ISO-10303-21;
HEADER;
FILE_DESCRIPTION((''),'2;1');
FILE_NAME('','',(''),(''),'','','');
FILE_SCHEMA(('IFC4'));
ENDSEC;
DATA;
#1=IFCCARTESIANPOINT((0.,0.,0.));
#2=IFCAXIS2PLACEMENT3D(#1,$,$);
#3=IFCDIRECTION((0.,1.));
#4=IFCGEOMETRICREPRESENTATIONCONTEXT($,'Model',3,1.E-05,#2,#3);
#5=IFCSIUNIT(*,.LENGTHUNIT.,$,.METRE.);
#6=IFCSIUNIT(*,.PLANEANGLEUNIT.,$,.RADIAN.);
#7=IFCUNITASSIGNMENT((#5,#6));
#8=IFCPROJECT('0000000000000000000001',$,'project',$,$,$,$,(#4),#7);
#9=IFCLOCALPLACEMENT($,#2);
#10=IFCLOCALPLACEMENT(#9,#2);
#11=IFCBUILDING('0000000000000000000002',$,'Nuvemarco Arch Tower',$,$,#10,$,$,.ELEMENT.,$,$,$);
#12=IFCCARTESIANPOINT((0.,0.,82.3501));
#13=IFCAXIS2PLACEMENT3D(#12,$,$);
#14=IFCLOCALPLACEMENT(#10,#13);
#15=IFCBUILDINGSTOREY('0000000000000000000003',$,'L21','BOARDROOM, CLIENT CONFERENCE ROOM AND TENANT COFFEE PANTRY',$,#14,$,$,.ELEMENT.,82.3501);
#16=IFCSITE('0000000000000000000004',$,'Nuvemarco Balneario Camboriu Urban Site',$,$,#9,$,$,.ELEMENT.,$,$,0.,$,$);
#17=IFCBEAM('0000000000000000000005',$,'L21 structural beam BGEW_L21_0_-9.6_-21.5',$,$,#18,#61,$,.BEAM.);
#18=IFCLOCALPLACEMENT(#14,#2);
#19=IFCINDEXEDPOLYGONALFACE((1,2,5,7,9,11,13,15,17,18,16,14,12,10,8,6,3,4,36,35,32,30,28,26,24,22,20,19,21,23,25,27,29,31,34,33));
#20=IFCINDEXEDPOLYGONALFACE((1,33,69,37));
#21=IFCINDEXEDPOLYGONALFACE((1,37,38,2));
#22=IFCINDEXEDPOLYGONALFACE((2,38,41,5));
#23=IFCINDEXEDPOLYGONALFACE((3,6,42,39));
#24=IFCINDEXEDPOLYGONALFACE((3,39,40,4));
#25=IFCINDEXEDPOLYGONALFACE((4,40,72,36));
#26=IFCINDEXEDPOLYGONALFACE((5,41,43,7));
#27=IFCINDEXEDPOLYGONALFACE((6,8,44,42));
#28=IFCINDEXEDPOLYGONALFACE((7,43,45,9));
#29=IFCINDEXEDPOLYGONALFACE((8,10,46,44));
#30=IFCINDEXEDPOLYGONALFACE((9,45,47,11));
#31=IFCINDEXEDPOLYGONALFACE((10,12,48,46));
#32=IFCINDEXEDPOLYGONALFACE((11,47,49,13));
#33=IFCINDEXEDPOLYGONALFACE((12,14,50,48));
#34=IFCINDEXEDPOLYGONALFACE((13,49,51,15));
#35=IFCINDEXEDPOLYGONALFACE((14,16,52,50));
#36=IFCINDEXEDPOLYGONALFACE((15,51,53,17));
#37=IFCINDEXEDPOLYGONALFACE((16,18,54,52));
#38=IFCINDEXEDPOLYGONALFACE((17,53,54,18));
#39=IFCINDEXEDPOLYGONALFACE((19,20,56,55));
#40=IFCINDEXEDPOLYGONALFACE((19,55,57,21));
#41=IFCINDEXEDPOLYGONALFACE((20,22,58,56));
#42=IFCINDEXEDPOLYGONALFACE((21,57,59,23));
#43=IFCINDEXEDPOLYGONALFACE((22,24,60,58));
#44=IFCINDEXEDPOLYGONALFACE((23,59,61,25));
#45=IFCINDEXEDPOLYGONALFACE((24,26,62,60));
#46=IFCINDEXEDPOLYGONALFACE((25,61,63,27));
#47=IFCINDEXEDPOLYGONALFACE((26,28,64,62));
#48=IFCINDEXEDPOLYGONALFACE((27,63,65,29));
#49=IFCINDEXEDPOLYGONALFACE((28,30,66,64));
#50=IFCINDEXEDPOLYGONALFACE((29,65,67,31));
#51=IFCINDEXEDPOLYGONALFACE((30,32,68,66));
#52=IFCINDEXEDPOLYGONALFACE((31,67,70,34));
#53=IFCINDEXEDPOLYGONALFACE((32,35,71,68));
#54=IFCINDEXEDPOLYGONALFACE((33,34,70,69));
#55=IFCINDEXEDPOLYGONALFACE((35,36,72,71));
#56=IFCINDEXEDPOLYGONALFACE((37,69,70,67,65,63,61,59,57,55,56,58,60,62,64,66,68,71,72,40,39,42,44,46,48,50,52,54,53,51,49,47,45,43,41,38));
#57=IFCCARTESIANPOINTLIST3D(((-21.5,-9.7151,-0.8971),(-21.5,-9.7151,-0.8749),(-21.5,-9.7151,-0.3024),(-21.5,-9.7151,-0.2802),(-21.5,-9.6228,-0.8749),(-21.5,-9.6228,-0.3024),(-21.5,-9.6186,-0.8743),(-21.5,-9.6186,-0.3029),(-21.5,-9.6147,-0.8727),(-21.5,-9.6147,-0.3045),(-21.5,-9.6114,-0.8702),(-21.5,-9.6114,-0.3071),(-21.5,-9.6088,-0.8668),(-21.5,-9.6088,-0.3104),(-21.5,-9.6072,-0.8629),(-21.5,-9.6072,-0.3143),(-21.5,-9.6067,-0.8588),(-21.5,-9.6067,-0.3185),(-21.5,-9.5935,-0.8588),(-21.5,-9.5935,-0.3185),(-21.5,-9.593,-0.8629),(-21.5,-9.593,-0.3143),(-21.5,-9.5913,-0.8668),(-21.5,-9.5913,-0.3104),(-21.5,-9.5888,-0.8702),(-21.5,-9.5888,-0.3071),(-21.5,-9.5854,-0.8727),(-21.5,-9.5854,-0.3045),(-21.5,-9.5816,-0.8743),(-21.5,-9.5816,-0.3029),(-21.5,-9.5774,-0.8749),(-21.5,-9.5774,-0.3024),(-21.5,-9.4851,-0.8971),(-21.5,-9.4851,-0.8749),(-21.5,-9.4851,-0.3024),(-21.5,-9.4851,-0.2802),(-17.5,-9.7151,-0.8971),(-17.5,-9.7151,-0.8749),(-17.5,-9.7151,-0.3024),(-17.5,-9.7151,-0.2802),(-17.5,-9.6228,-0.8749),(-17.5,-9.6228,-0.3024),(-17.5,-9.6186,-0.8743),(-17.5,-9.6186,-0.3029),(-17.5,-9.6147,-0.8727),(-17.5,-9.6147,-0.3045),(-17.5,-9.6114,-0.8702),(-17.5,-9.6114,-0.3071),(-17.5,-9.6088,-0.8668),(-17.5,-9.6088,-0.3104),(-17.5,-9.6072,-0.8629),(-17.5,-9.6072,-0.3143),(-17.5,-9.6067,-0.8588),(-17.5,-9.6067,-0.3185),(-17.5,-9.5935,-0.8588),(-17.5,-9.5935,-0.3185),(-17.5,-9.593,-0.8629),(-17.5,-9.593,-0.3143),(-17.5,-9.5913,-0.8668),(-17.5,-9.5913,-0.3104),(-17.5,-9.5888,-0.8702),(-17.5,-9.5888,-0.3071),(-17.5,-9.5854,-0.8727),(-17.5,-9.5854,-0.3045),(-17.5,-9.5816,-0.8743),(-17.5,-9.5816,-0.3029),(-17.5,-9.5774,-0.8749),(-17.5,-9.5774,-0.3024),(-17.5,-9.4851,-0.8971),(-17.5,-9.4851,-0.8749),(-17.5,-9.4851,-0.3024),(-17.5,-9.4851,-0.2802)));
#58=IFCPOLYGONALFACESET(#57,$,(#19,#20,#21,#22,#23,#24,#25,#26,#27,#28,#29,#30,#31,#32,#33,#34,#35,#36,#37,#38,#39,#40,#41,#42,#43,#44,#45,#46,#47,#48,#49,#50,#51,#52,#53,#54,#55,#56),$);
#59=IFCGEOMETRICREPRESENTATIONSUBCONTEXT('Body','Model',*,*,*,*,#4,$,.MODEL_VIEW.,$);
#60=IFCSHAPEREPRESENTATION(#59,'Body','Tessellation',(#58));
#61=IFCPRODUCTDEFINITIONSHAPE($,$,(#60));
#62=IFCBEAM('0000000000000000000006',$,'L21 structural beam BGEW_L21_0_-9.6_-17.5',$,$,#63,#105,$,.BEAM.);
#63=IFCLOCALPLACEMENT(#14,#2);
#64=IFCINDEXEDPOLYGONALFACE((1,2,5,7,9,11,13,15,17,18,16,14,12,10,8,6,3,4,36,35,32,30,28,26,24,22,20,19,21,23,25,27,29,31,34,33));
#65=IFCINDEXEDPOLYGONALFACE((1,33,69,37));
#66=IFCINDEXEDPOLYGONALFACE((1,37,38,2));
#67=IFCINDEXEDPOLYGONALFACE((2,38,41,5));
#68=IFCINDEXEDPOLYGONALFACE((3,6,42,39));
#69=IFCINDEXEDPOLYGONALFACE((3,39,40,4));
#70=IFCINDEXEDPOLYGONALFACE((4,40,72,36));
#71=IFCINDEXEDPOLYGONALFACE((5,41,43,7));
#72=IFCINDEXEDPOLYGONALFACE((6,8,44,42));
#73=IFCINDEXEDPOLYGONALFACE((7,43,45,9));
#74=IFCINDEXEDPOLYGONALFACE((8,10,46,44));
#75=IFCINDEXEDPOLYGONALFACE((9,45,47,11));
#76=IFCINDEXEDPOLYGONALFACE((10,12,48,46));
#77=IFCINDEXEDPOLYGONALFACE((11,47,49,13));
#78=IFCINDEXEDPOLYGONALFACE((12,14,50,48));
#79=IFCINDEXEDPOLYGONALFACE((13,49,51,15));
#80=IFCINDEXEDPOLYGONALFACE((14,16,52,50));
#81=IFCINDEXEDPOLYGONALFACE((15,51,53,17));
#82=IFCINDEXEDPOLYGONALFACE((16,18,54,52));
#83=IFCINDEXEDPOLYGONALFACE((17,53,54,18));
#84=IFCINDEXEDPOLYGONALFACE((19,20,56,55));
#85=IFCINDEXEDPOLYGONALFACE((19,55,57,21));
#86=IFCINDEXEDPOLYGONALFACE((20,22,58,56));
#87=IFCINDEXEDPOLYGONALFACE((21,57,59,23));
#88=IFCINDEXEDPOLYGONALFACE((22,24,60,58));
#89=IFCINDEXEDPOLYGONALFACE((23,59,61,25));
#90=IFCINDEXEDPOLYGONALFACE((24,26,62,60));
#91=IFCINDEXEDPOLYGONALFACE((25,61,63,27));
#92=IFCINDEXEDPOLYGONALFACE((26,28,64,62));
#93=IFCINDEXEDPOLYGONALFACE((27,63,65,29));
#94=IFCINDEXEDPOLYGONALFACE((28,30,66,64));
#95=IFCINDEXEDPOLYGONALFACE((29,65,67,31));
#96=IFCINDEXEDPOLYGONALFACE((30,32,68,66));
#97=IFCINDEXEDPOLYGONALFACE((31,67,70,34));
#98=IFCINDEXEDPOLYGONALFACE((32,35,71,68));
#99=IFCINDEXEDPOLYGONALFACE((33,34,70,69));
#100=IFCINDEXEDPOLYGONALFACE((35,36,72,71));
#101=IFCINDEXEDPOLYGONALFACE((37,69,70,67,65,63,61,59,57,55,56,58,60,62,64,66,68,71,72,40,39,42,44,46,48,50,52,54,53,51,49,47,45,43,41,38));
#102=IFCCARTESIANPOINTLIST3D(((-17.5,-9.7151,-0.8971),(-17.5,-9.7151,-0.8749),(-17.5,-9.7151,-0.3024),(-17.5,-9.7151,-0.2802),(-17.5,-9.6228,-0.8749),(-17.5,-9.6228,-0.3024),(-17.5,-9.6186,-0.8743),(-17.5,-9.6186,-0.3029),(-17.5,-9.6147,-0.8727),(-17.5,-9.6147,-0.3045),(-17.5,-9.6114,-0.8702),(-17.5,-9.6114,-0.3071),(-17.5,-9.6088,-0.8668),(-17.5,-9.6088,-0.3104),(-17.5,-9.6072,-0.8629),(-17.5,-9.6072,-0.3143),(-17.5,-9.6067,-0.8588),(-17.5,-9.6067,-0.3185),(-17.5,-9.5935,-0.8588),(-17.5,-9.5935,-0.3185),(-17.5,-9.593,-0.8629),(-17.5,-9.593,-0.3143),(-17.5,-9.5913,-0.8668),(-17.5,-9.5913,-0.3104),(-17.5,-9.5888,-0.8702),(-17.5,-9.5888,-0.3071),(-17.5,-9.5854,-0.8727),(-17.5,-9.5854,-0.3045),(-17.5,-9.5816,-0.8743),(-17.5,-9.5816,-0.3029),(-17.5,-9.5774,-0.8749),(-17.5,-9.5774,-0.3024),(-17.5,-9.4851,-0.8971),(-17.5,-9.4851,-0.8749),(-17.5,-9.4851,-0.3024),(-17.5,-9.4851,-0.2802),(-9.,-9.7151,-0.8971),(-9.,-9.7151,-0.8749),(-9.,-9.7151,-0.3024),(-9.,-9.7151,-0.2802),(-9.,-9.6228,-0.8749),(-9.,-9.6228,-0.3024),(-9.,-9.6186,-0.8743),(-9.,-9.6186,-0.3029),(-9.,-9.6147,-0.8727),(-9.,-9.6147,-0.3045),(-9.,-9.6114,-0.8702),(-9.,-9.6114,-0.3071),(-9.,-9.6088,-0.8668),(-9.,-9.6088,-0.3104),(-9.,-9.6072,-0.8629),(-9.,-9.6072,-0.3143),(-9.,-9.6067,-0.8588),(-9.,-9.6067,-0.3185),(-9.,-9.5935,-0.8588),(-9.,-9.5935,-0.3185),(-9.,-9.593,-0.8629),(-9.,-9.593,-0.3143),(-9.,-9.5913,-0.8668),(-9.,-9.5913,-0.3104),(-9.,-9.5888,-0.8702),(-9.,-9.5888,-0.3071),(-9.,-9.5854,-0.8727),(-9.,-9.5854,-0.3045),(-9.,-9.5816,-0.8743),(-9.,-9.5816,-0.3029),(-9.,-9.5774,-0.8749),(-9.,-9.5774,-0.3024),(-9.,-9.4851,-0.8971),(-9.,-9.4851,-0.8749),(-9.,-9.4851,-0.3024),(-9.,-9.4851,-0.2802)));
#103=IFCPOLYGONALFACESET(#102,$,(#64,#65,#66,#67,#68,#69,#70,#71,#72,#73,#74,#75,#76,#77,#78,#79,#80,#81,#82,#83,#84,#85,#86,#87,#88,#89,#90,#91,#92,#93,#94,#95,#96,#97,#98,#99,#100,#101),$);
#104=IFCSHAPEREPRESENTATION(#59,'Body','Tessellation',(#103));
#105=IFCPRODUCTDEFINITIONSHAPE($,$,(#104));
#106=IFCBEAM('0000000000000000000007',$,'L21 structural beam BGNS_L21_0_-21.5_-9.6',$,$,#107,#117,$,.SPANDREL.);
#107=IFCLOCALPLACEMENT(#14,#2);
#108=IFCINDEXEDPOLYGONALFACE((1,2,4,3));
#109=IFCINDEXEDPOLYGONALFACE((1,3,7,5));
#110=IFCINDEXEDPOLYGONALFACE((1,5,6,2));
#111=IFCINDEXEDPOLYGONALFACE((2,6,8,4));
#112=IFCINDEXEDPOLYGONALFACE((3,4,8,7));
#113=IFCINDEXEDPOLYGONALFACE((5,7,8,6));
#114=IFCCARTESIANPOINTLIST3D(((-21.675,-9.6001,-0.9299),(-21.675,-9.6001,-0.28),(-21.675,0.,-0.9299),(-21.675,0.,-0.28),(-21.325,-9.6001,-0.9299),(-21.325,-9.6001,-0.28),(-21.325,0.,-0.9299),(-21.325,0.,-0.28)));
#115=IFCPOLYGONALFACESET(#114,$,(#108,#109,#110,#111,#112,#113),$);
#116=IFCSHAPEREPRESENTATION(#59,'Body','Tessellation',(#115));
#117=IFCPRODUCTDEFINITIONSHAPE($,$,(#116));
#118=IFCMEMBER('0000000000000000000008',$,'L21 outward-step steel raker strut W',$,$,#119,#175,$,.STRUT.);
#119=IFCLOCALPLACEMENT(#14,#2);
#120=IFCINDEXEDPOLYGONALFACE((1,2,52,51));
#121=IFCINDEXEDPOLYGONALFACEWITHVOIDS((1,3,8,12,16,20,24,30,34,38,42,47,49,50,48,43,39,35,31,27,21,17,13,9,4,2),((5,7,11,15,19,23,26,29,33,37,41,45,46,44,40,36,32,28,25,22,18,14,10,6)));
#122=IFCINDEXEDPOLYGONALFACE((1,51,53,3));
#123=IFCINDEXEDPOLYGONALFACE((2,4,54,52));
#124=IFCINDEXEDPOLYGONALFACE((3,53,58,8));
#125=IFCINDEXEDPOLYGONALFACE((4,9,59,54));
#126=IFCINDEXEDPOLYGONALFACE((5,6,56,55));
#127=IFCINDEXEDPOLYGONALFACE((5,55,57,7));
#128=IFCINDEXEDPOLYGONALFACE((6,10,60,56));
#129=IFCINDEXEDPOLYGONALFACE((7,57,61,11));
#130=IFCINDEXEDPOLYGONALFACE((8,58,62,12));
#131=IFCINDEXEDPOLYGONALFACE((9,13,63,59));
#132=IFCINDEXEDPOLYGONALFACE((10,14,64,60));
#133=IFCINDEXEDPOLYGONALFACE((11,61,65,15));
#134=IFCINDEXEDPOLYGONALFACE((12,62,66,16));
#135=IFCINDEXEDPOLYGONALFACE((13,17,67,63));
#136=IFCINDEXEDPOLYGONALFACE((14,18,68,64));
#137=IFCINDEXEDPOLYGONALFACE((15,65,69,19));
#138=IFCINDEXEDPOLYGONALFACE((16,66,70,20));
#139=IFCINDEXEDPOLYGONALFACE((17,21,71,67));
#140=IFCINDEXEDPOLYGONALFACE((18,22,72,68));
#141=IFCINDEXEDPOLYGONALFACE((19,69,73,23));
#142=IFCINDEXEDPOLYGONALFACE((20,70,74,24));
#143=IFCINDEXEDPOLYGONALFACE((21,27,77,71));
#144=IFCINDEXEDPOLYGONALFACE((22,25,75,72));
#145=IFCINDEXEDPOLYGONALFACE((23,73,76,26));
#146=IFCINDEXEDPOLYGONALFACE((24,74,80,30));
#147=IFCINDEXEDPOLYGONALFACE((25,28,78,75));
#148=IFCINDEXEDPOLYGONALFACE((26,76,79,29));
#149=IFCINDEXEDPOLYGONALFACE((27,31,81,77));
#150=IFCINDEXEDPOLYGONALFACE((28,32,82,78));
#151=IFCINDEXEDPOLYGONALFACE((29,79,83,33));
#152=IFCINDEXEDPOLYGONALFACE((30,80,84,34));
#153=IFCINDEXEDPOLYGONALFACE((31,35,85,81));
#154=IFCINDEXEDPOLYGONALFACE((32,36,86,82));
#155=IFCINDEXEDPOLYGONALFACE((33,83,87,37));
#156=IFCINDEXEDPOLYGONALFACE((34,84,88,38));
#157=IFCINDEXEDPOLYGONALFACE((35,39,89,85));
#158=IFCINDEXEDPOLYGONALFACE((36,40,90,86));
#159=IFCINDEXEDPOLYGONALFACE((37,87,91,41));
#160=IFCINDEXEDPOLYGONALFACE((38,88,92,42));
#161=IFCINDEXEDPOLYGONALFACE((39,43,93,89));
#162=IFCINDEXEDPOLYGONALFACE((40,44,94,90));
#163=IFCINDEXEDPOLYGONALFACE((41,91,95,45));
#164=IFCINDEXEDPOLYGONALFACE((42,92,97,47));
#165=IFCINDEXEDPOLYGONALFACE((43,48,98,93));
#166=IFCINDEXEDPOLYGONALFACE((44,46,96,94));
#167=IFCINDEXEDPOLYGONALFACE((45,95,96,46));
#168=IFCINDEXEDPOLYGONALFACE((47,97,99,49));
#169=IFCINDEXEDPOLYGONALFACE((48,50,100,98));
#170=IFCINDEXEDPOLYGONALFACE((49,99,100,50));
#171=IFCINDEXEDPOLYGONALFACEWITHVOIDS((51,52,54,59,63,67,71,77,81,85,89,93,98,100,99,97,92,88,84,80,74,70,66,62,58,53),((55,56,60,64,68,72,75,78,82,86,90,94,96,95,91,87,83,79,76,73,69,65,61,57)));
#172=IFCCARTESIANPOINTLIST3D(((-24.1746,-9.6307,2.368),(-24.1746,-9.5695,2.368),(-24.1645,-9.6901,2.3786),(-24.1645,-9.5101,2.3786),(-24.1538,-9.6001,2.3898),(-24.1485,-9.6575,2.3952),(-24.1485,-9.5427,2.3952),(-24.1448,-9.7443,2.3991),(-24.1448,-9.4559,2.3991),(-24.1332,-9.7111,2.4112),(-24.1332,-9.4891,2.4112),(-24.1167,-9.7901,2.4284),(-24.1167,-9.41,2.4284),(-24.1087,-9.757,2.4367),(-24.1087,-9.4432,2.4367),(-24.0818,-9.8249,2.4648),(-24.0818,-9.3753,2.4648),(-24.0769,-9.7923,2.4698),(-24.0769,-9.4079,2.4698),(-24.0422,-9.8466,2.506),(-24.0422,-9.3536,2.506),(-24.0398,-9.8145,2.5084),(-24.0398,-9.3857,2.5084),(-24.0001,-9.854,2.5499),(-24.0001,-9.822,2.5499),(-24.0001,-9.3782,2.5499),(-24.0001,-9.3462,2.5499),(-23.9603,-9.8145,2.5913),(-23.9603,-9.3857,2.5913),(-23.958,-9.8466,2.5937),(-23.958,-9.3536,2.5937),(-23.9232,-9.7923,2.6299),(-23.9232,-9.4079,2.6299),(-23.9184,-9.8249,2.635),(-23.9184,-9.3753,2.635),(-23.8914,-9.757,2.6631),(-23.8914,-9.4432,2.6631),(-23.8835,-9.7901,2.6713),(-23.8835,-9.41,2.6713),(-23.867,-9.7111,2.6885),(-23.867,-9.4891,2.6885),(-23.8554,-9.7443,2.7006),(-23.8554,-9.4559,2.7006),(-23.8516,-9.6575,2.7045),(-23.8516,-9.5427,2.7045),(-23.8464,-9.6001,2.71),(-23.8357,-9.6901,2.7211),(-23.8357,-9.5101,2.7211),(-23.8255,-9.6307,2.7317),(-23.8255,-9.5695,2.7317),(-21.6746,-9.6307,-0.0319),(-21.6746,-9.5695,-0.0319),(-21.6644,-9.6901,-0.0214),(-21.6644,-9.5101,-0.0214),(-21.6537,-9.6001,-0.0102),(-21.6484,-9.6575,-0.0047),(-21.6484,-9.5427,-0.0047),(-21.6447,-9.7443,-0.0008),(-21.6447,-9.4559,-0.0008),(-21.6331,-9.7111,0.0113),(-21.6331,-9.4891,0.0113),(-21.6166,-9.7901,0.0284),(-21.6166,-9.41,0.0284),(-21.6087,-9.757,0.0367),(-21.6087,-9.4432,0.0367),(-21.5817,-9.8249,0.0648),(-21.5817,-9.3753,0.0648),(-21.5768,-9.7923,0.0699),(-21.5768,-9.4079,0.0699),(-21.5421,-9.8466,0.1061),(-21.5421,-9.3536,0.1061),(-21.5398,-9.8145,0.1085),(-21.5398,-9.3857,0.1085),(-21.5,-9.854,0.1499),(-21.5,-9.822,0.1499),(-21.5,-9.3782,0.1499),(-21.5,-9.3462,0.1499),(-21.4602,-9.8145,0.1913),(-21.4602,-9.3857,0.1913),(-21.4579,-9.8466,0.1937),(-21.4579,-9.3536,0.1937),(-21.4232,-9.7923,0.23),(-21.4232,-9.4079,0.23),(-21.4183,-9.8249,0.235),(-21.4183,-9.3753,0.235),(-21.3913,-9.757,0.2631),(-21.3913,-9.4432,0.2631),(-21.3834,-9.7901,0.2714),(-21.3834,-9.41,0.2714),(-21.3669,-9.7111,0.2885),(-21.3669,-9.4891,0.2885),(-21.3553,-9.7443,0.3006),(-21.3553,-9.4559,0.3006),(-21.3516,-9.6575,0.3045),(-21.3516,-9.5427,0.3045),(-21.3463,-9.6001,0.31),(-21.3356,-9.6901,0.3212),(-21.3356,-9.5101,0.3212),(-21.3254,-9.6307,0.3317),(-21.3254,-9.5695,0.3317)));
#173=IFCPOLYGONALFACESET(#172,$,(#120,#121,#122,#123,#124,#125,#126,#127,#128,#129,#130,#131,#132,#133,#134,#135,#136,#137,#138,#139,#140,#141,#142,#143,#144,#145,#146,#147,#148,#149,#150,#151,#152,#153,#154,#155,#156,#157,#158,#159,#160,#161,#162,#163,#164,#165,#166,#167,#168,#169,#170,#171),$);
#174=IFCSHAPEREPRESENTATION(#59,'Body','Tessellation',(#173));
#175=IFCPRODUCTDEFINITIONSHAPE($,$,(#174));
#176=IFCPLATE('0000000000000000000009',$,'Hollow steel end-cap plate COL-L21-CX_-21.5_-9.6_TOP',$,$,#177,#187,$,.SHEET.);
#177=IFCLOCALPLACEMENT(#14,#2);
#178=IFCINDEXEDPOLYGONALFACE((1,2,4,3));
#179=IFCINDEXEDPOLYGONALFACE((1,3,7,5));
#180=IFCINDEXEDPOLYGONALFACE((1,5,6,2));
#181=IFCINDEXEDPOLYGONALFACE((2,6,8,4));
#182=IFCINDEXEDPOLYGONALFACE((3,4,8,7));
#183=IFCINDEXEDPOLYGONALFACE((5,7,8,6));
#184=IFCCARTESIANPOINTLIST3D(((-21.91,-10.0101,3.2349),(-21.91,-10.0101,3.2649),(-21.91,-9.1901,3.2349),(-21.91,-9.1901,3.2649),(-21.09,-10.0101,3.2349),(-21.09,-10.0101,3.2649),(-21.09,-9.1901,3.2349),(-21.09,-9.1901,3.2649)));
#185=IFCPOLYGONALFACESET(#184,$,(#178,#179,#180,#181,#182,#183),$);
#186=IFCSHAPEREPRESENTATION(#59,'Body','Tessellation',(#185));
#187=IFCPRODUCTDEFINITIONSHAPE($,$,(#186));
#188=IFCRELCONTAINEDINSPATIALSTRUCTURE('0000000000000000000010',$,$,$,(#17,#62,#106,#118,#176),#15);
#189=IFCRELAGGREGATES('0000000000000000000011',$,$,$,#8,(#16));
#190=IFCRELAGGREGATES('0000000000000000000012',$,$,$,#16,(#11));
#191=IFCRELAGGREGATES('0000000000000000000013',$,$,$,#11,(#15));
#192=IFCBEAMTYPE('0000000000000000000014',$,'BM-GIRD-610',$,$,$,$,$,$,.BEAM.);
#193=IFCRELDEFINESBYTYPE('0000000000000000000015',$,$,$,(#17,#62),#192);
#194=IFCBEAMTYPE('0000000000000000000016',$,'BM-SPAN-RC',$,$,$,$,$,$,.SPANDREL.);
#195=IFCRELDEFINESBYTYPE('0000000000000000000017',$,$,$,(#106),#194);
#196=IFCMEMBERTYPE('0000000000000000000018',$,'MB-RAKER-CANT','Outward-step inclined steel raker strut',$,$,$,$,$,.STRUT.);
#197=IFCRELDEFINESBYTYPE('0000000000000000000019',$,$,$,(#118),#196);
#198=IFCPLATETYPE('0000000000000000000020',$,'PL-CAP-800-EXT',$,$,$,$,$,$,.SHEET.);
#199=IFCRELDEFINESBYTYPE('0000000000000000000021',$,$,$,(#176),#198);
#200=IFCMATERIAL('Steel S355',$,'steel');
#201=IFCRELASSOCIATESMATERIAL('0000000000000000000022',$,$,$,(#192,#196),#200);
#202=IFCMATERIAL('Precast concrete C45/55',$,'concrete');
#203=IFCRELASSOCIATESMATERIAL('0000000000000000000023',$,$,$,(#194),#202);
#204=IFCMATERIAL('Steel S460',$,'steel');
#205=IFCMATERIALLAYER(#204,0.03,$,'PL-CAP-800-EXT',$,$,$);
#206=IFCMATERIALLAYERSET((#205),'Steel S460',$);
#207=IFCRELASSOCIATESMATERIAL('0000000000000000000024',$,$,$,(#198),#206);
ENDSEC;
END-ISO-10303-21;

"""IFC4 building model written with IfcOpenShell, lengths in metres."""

from ifc_helpers import new_model, si_unit, direction, frame, origin, origin_2d, place, context, subcontext, project, spatial, rectangle, hollow_circle, i_section, extrude, source, transform, mapped, material, layer, layer_set, material_profile, profile_set, type_object, type_shapes, element, save


model = new_model("IFC4")

# Units and contexts
model_context = context("Model", 3, precision=1e-05, world=origin(), true_north=direction((0.0, 1.0)))
body_context = subcontext(model_context, "Body", "Model", "MODEL_VIEW")
ifc_project = project(units=[si_unit("LENGTHUNIT", "METRE"), si_unit("PLANEANGLEUNIT", "RADIAN")], contexts=[model_context])

# Site, building, storey
site_placement = place(None, origin())
site = spatial("IfcSite", under=ifc_project, at=site_placement, Name="Nuvemarco Balneario Camboriu Urban Site", CompositionType="ELEMENT", RefElevation=0.0)
building_placement = place(site_placement, origin())
building = spatial("IfcBuilding", under=site, at=building_placement, Name="Nuvemarco Arch Tower", CompositionType="ELEMENT")
storey_placement = place(building_placement, frame((0.0, 0.0, 82.3501)))
storey = spatial("IfcBuildingStorey", under=building, at=storey_placement, Name="L21", Description="BOARDROOM, CLIENT CONFERENCE ROOM AND TENANT COFFEE PANTRY", CompositionType="ELEMENT", Elevation=82.3501)

# Shared definitions
ifc_material_1 = material(Name="Steel S460", Category="steel")

# Beams
ifc_material_2 = material(Name="Steel S355", Category="steel")
ifc_material_profile_1 = material_profile(ifc_material_2, i_section(OverallWidth=0.23, OverallDepth=0.6169, WebThickness=0.0132, FlangeThickness=0.0222, FilletRadius=0.0161, at=origin_2d()), Name="W610x140")
ifc_profile_set_1 = profile_set([ifc_material_profile_1], Name="Steel S355")
beam_type_1 = type_object("IfcBeamType", Name="BM-GIRD-610", PredefinedType="BEAM", material=ifc_profile_set_1)
beam_1_placement = place(storey_placement, frame((-21.5, -9.6001, -0.5886), z_axis=(1.0, 0.0, 0.0), x_axis=(0.0, 1.0, 0.0)))
element("IfcBeam", 1, at=beam_1_placement, inside=storey, type_object=beam_type_1, Name="L21 structural beam BGEW_L21_0_-9.6_-21.5", PredefinedType="BEAM", context=body_context, shape_type="SweptSolid", body=[
    extrude(i_section(OverallWidth=0.23, OverallDepth=0.6169, WebThickness=0.0132, FlangeThickness=0.0222, FilletRadius=0.0161, at=origin_2d()), origin(), (0.0, 0.0, 1.0), 4.0),
])
beam_2_placement = place(storey_placement, frame((-17.5, -9.6001, -0.5886), z_axis=(1.0, 0.0, 0.0), x_axis=(0.0, 1.0, 0.0)))
element("IfcBeam", 2, at=beam_2_placement, inside=storey, type_object=beam_type_1, Name="L21 structural beam BGEW_L21_0_-9.6_-17.5", PredefinedType="BEAM", context=body_context, shape_type="SweptSolid", body=[
    extrude(i_section(OverallWidth=0.23, OverallDepth=0.6169, WebThickness=0.0132, FlangeThickness=0.0222, FilletRadius=0.0161, at=origin_2d()), origin(), (0.0, 0.0, 1.0), 8.5),
])
ifc_material_3 = material(Name="Precast concrete C45/55", Category="concrete")
ifc_material_profile_2 = material_profile(ifc_material_3, rectangle(XDim=0.3501, YDim=0.6499, at=origin_2d()), Name="PC-SP-350x650")
ifc_profile_set_2 = profile_set([ifc_material_profile_2], Name="Precast concrete C45/55")
beam_type_2 = type_object("IfcBeamType", Name="BM-SPAN-RC", PredefinedType="SPANDREL", material=ifc_profile_set_2)
beam_3_placement = place(storey_placement, frame((-21.5, -9.6001, -0.605), z_axis=(0.0, 1.0, 0.0), x_axis=(-1.0, 0.0, 0.0)))
element("IfcBeam", 3, at=beam_3_placement, inside=storey, type_object=beam_type_2, Name="L21 structural beam BGNS_L21_0_-21.5_-9.6", PredefinedType="SPANDREL", context=body_context, shape_type="SweptSolid", body=[
    extrude(rectangle(XDim=0.3501, YDim=0.6499, at=origin_2d()), origin(), (0.0, 0.0, 1.0), 9.6001),
])

# Member
ifc_material_profile_3 = material_profile(ifc_material_2, hollow_circle(Radius=0.2539, WallThickness=0.032, at=origin_2d()), Name="CHS508x32")
ifc_profile_set_3 = profile_set([ifc_material_profile_3], Name="Steel S355")
member_type = type_object("IfcMemberType", Name="MB-RAKER-CANT", Description="Outward-step inclined steel raker strut", PredefinedType="STRUT", material=ifc_profile_set_3)
member_placement = place(storey_placement, frame((-21.5, -9.6001, 0.1499), z_axis=(-0.721401, 0.0, 0.692517), x_axis=(0.0, -1.0, 0.0)))
element("IfcMember", 4, at=member_placement, inside=storey, type_object=member_type, Name="L21 outward-step steel raker strut W", PredefinedType="STRUT", context=body_context, shape_type="SweptSolid", body=[
    extrude(hollow_circle(Radius=0.2539, WallThickness=0.032, at=origin_2d()), origin(), (0.0, 0.0, 1.0), 3.4656),
])

# Plate
ifc_layer_1 = layer(ifc_material_1, 0.03, Name="PL-CAP-800-EXT")
ifc_layer_set_1 = layer_set([ifc_layer_1], Name="Steel S460")
plate_type_1 = type_object("IfcPlateType", Name="PL-CAP-800-EXT", PredefinedType="SHEET", material=ifc_layer_set_1)
shared_shape_1 = source(origin(), body_context, "Body", "SweptSolid", [
    extrude(rectangle(XDim=0.8201, YDim=0.8201, at=origin_2d()), origin(), (0.0, 0.0, 1.0), 0.03),
])
type_shapes(plate_type_1, [shared_shape_1])
for number, where, z_axis, x_axis, name in (
    (5, (-21.5, -9.6001, 3.2349), (0.0, 0.0, 1.0), (1.0, 0.0, 0.0), "Hollow steel end-cap plate COL-L21-CX_-21.5_-9.6_TOP"),
):
    element("IfcPlate", number, at=place(storey_placement, frame(where, z_axis=z_axis, x_axis=x_axis)), inside=storey, type_object=plate_type_1, Name=name, PredefinedType="SHEET", context=body_context, shape_type="MappedRepresentation", body=[
        mapped(shared_shape_1, transform((0.0, 0.0, 0.0), scale=1.0)),
    ])

save(model, "model.ifc")
